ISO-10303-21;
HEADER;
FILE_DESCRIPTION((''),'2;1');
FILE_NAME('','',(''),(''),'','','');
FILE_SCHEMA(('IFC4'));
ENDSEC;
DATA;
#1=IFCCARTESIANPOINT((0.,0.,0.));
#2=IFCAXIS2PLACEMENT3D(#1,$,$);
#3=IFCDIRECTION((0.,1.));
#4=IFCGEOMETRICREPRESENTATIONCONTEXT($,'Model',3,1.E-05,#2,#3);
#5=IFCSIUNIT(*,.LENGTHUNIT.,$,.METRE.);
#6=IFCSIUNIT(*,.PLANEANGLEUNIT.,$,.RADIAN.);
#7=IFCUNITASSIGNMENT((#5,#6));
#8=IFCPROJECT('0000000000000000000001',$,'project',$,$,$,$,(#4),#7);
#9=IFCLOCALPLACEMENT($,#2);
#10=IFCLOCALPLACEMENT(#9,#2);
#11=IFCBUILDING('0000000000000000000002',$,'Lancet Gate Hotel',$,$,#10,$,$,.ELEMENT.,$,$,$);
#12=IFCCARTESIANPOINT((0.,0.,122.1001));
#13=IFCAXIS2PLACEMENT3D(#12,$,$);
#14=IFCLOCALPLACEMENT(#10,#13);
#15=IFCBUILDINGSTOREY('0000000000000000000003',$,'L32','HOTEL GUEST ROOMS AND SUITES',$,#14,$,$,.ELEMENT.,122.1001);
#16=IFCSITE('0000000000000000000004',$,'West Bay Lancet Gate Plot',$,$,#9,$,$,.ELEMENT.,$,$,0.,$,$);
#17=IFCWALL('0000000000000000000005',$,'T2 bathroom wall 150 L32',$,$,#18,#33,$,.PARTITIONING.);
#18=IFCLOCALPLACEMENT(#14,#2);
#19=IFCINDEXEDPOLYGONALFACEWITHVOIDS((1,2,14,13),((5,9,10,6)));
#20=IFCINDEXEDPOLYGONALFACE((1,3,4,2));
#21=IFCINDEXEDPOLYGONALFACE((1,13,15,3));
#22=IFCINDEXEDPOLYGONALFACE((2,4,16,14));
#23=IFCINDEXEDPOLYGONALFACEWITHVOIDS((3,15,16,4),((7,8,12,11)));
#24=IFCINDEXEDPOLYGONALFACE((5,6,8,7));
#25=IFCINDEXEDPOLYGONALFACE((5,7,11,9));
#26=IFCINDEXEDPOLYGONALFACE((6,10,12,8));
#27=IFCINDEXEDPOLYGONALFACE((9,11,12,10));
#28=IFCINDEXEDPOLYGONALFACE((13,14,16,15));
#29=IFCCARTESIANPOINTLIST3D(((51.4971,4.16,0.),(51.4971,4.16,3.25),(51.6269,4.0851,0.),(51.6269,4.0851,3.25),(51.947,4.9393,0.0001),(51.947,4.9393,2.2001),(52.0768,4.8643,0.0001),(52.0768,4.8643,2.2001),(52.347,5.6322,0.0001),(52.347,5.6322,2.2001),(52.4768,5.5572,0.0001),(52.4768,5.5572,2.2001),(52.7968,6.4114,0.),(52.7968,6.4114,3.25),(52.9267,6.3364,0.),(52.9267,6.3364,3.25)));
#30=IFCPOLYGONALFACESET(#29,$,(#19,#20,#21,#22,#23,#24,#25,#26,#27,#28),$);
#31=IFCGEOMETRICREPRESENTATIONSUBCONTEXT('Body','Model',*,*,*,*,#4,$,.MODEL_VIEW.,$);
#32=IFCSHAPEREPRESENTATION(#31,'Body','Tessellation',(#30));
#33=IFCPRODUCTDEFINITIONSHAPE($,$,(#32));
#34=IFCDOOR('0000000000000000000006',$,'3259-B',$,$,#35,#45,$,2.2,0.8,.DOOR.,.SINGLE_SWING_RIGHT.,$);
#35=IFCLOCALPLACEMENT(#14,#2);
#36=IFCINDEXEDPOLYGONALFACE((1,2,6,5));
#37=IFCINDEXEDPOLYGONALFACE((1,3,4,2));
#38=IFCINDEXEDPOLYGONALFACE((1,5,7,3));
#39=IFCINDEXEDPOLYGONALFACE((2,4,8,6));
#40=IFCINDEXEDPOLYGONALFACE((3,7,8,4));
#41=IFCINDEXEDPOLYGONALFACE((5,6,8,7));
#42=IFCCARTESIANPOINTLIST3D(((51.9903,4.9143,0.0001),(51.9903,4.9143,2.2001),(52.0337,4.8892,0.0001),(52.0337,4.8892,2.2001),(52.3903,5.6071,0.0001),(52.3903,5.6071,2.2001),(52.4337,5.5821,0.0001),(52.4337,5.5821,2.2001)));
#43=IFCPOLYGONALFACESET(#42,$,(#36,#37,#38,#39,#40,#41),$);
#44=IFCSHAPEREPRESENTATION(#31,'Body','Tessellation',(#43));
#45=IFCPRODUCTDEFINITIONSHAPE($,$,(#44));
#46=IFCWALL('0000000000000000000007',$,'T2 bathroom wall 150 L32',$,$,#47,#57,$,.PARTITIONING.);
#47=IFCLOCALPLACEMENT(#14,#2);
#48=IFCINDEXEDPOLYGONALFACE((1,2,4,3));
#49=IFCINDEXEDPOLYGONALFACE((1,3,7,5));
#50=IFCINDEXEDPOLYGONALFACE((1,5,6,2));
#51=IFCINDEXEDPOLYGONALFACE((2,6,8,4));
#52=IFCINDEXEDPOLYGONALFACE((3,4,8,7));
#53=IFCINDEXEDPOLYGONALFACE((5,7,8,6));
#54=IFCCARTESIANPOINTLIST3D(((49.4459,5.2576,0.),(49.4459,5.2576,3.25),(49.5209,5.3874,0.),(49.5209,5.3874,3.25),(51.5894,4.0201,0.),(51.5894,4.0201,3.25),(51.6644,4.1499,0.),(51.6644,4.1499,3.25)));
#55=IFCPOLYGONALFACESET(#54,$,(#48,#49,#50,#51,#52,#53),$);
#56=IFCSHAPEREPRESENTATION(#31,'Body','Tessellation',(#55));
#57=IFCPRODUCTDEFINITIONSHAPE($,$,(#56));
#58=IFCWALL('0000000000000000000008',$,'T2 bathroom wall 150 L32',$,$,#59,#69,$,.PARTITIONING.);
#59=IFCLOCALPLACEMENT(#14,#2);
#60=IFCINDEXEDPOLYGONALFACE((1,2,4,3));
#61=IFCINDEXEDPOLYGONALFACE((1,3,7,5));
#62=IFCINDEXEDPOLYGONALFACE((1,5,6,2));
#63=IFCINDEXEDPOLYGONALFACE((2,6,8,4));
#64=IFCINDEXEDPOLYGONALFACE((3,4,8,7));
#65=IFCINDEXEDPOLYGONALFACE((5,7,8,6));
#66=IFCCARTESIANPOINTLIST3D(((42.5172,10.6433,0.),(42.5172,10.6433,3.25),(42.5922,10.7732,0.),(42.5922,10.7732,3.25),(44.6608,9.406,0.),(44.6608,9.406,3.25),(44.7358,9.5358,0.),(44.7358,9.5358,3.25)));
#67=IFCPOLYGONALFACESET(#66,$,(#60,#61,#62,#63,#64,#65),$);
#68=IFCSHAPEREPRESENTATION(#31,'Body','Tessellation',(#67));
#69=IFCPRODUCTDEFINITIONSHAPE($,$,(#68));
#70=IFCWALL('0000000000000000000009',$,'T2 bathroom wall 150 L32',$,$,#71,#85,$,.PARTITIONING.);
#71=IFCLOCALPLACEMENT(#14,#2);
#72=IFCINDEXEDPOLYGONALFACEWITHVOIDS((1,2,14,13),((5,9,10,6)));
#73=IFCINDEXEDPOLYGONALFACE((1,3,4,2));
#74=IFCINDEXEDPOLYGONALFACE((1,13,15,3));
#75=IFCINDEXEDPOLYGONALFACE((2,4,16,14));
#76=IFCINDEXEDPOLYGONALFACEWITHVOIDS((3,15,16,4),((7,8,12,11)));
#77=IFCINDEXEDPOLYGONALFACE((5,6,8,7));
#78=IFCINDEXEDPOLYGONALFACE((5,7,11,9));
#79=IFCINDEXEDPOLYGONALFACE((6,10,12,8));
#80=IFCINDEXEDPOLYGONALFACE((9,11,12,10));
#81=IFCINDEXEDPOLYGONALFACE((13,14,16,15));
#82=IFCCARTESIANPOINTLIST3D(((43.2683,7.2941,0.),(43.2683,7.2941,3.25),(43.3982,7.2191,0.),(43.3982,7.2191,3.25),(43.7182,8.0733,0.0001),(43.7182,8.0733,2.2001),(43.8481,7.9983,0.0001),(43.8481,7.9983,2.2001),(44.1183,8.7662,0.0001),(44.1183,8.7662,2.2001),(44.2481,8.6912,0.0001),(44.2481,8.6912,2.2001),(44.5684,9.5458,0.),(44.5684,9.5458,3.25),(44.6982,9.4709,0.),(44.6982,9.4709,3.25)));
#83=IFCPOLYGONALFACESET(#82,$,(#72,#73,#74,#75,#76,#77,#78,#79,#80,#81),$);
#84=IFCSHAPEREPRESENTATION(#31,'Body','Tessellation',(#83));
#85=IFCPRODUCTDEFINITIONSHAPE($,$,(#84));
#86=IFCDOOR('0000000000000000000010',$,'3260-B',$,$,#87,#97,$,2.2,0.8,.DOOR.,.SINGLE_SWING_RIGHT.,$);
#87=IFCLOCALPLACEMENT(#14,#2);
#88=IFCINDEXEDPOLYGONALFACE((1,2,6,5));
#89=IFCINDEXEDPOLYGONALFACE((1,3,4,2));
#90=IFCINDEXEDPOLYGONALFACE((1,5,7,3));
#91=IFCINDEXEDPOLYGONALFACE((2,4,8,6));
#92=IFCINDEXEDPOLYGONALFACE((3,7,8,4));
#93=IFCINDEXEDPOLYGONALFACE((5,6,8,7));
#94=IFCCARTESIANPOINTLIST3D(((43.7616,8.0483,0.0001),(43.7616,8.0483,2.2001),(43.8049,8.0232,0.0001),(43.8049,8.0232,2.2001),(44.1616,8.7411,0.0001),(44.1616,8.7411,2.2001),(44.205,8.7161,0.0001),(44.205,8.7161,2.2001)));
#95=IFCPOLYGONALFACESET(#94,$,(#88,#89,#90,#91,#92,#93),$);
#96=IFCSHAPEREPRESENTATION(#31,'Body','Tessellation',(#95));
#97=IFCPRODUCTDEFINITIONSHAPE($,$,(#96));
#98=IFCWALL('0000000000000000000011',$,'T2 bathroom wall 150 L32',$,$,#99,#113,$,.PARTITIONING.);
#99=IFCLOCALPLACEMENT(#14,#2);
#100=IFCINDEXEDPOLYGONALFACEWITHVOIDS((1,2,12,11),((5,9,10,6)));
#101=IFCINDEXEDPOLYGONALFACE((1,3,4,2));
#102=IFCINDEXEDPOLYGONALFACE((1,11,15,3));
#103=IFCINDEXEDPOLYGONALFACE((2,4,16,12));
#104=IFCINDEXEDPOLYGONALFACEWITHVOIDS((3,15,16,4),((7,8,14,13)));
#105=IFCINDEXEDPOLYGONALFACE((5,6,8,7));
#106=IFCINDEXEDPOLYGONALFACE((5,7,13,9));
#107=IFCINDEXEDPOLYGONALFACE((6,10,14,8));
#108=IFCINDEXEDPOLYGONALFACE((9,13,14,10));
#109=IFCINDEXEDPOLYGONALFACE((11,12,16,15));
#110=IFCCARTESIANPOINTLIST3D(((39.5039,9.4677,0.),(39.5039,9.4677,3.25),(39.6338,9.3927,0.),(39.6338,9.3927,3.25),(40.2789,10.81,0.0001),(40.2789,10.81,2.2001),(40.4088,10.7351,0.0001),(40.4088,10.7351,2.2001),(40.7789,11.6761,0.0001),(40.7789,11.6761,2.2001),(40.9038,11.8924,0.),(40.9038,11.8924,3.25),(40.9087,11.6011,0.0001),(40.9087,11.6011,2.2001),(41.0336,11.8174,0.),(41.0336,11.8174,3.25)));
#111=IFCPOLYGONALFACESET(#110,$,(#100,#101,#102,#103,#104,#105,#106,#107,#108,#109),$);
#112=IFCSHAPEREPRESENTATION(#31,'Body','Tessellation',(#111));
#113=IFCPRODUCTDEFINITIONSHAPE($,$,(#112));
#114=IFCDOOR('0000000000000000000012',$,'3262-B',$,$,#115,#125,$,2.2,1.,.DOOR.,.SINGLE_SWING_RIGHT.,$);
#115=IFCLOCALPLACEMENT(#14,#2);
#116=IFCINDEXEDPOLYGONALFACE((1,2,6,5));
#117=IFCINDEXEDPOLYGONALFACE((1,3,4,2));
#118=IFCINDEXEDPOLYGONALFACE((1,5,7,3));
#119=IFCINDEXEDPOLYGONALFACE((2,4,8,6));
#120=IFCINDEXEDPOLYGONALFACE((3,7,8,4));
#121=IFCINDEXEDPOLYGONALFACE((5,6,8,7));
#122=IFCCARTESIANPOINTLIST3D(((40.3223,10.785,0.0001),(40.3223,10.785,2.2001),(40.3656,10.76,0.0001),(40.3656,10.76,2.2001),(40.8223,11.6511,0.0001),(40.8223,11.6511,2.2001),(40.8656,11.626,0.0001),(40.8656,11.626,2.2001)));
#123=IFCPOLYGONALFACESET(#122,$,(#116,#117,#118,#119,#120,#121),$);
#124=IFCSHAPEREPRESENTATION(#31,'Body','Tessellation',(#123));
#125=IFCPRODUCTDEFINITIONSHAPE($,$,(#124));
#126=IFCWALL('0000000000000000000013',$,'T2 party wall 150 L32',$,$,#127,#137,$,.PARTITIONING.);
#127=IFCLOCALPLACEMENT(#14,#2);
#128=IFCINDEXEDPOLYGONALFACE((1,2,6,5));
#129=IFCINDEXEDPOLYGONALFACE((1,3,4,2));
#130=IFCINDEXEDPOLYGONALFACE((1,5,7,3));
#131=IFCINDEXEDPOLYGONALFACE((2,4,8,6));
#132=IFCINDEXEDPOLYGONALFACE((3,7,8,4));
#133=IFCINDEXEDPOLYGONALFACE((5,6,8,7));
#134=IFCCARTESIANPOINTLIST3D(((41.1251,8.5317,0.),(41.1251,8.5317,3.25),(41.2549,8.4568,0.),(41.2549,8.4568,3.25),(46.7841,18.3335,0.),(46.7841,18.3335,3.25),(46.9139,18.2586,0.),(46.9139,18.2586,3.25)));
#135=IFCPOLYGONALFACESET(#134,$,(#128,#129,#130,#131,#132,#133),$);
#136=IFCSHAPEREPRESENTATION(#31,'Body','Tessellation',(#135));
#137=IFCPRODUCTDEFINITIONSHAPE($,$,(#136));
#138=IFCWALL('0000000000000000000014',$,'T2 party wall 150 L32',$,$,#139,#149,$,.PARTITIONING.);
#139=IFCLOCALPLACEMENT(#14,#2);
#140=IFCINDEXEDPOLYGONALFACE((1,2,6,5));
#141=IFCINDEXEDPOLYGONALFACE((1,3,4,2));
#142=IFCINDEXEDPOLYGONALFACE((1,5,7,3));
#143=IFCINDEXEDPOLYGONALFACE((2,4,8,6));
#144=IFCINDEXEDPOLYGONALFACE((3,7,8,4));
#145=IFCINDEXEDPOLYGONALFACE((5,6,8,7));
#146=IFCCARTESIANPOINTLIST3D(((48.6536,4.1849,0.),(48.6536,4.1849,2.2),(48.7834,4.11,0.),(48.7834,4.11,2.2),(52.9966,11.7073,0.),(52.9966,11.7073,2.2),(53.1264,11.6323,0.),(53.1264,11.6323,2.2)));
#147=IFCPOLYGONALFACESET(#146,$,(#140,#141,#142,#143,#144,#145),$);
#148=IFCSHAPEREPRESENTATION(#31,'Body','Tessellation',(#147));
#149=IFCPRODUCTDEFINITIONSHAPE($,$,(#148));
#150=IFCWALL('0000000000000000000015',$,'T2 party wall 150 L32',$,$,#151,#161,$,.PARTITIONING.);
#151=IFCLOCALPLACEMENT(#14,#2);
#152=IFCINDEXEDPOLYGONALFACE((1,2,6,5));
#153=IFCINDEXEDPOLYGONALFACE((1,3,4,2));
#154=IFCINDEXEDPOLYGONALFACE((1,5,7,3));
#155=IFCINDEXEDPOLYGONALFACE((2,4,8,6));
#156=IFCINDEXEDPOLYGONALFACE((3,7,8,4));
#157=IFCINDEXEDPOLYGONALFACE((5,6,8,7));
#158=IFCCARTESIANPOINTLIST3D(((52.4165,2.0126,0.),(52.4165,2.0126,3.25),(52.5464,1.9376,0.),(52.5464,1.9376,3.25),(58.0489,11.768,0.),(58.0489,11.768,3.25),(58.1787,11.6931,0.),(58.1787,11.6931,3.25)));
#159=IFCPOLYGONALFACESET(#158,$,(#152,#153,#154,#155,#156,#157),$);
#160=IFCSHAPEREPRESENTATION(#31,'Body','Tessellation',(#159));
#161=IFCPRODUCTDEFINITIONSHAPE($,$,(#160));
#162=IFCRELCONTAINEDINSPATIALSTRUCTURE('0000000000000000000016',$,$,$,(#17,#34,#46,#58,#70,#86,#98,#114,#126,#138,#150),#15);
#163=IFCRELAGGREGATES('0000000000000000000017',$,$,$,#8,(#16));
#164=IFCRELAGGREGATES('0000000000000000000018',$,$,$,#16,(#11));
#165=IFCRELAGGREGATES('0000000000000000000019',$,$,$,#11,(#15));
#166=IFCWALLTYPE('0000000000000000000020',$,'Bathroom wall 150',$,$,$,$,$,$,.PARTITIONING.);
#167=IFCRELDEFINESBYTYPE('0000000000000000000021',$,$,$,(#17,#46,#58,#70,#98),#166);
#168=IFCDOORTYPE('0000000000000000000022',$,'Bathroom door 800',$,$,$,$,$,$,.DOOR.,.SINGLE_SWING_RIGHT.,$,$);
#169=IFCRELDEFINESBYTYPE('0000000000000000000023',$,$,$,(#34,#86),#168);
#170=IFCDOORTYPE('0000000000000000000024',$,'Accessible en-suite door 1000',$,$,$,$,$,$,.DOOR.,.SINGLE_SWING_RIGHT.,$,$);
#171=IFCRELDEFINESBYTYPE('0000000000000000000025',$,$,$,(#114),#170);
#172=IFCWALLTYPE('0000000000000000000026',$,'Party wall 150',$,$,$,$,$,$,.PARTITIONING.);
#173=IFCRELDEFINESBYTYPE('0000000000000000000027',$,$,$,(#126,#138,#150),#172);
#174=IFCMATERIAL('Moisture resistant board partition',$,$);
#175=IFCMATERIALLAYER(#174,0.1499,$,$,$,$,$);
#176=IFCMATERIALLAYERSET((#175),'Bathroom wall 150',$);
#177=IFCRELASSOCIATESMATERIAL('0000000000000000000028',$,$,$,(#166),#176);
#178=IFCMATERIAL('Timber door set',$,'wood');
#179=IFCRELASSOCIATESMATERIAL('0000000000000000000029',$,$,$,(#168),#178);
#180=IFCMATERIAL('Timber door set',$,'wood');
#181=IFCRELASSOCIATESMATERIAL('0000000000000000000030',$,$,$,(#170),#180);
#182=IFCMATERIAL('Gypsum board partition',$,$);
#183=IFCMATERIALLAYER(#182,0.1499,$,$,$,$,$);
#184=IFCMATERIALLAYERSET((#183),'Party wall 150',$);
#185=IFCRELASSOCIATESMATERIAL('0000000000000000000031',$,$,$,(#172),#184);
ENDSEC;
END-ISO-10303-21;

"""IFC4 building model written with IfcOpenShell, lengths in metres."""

from ifc_helpers import new_model, si_unit, direction, frame, frame_2d, origin, place, context, subcontext, project, spatial, rectangle, extrude, material, layer, layer_set, type_object, element, fill, save


model = new_model("IFC4")

# Units and contexts
model_context = context("Model", 3, precision=1e-05, world=origin(), true_north=direction((0.0, 1.0)))
body_context = subcontext(model_context, "Body", "Model", "MODEL_VIEW")
ifc_project = project(units=[si_unit("LENGTHUNIT", "METRE"), si_unit("PLANEANGLEUNIT", "RADIAN")], contexts=[model_context])

# Site, building, storey
site_placement = place(None, origin())
site = spatial("IfcSite", under=ifc_project, at=site_placement, Name="West Bay Lancet Gate Plot", CompositionType="ELEMENT", RefElevation=0.0)
building_placement = place(site_placement, origin())
building = spatial("IfcBuilding", under=site, at=building_placement, Name="Lancet Gate Hotel", CompositionType="ELEMENT")
storey_placement = place(building_placement, frame((0.0, 0.0, 122.1001)))
storey = spatial("IfcBuildingStorey", under=building, at=storey_placement, Name="L32", Description="HOTEL GUEST ROOMS AND SUITES", CompositionType="ELEMENT", Elevation=122.1001)

# Shared definitions
ifc_material_1 = material(Name="Moisture resistant board partition")
ifc_layer_1 = layer(ifc_material_1, 0.1499)
ifc_layer_set_1 = layer_set([ifc_layer_1], Name="Bathroom wall 150")
wall_type_1 = type_object("IfcWallType", Name="Bathroom wall 150", PredefinedType="PARTITIONING", material=ifc_layer_set_1)

# Wall, opening, door
wall_1_placement = place(storey_placement, frame((51.562, 4.1226, 0.0), z_axis=(0.0, 0.0, 1.0), x_axis=(0.499977, 0.866039, 0.0)))
wall_1 = element("IfcWall", 1, at=wall_1_placement, inside=storey, type_object=wall_type_1, Name="T2 bathroom wall 150 L32", PredefinedType="PARTITIONING", context=body_context, shape_type="SweptSolid", body=[
    extrude(rectangle(XDim=2.5996, YDim=0.1499, at=frame_2d((1.2998, 0.0))), origin(), (0.0, 0.0, 1.0), 3.25),
])
opening_1_placement = place(wall_1_placement, frame((0.8999, 0.0, 0.0)))
opening_1 = element("IfcOpeningElement", 2, at=opening_1_placement, cuts=wall_1, PredefinedType="OPENING", context=body_context, shape_type="SweptSolid", body=[
    extrude(rectangle(XDim=0.8, YDim=2.2, at=frame_2d((0.3999, 1.1001))), frame((0.0, 0.085, 0.0), z_axis=(0.0, -1.0, 0.0), x_axis=(1.0, 0.0, 0.0)), (0.0, 0.0, 1.0), 0.1699),
])
ifc_material_2 = material(Name="Timber door set", Category="wood")
door_type_1 = type_object("IfcDoorType", Name="Bathroom door 800", OperationType="SINGLE_SWING_RIGHT", PredefinedType="DOOR", material=ifc_material_2)
door_1_placement = place(opening_1_placement, origin())
door_1 = element("IfcDoor", 3, at=door_1_placement, inside=storey, type_object=door_type_1, Name="3259-B", OperationType="SINGLE_SWING_RIGHT", OverallHeight=2.2, OverallWidth=0.8, PredefinedType="DOOR", context=body_context, shape_type="SweptSolid", body=[
    extrude(rectangle(XDim=0.8, YDim=2.2, at=frame_2d((0.3999, 1.1001))), frame((0.0, 0.0249, 0.0), z_axis=(0.0, -1.0, 0.0), x_axis=(1.0, 0.0, 0.0)), (0.0, 0.0, 1.0), 0.05),
])
fill(opening_1, door_1)

# Walls
for number, where, z_axis, x_axis, name in (
    (4, (49.4834, 5.3225, 0.0), (0.0, 0.0, 1.0), (0.866031, -0.49999, 0.0), "T2 bathroom wall 150 L32"),
    (5, (42.5547, 10.7083, 0.0), (0.0, 0.0, 1.0), (0.866074, -0.499916, 0.0), "T2 bathroom wall 150 L32"),
):
    element("IfcWall", number, at=place(storey_placement, frame(where, z_axis=z_axis, x_axis=x_axis)), inside=storey, type_object=wall_type_1, Name=name, PredefinedType="PARTITIONING", context=body_context, shape_type="SweptSolid", body=[
        extrude(rectangle(XDim=2.4751, YDim=0.1499, at=frame_2d((1.2375, 0.0))), origin(), (0.0, 0.0, 1.0), 3.25),
    ])

# Walls, openings, doors
wall_2_placement = place(storey_placement, frame((43.3333, 7.2566, 0.0), z_axis=(0.0, 0.0, 1.0), x_axis=(0.500007, 0.866021, 0.0)))
wall_2 = element("IfcWall", 6, at=wall_2_placement, inside=storey, type_object=wall_type_1, Name="T2 bathroom wall 150 L32", PredefinedType="PARTITIONING", context=body_context, shape_type="SweptSolid", body=[
    extrude(rectangle(XDim=2.6001, YDim=0.1499, at=frame_2d((1.3, 0.0))), origin(), (0.0, 0.0, 1.0), 3.25),
])
opening_2_placement = place(wall_2_placement, frame((0.8999, 0.0, 0.0)))
opening_2 = element("IfcOpeningElement", 7, at=opening_2_placement, cuts=wall_2, PredefinedType="OPENING", context=body_context, shape_type="SweptSolid", body=[
    extrude(rectangle(XDim=0.8, YDim=2.2, at=frame_2d((0.3999, 1.1001))), frame((0.0, 0.085, 0.0), z_axis=(0.0, -1.0, 0.0), x_axis=(1.0, 0.0, 0.0)), (0.0, 0.0, 1.0), 0.1699),
])
door_2_placement = place(opening_2_placement, origin())
door_2 = element("IfcDoor", 8, at=door_2_placement, inside=storey, type_object=door_type_1, Name="3260-B", OperationType="SINGLE_SWING_RIGHT", OverallHeight=2.2, OverallWidth=0.8, PredefinedType="DOOR", context=body_context, shape_type="SweptSolid", body=[
    extrude(rectangle(XDim=0.8, YDim=2.2, at=frame_2d((0.3999, 1.1001))), frame((0.0, 0.0249, 0.0), z_axis=(0.0, -1.0, 0.0), x_axis=(1.0, 0.0, 0.0)), (0.0, 0.0, 1.0), 0.05),
])
fill(opening_2, door_2)
wall_3_placement = place(storey_placement, frame((39.5688, 9.4302, 0.0), z_axis=(0.0, 0.0, 1.0), x_axis=(0.499984, 0.866035, 0.0)))
wall_3 = element("IfcWall", 9, at=wall_3_placement, inside=storey, type_object=wall_type_1, Name="T2 bathroom wall 150 L32", PredefinedType="PARTITIONING", context=body_context, shape_type="SweptSolid", body=[
    extrude(rectangle(XDim=2.7998, YDim=0.1499, at=frame_2d((1.3999, 0.0))), origin(), (0.0, 0.0, 1.0), 3.25),
])
opening_3_placement = place(wall_3_placement, frame((1.55, 0.0, 0.0)))
opening_3 = element("IfcOpeningElement", 10, at=opening_3_placement, cuts=wall_3, PredefinedType="OPENING", context=body_context, shape_type="SweptSolid", body=[
    extrude(rectangle(XDim=1.0, YDim=2.2, at=frame_2d((0.5, 1.1001))), frame((0.0, 0.085, 0.0), z_axis=(0.0, -1.0, 0.0), x_axis=(1.0, 0.0, 0.0)), (0.0, 0.0, 1.0), 0.1699),
])
ifc_material_3 = material(Name="Timber door set", Category="wood")
door_type_2 = type_object("IfcDoorType", Name="Accessible en-suite door 1000", OperationType="SINGLE_SWING_RIGHT", PredefinedType="DOOR", material=ifc_material_3)
door_3_placement = place(opening_3_placement, origin())
door_3 = element("IfcDoor", 11, at=door_3_placement, inside=storey, type_object=door_type_2, Name="3262-B", OperationType="SINGLE_SWING_RIGHT", OverallHeight=2.2, OverallWidth=1.0, PredefinedType="DOOR", context=body_context, shape_type="SweptSolid", body=[
    extrude(rectangle(XDim=1.0, YDim=2.2, at=frame_2d((0.5, 1.1001))), frame((0.0, 0.0249, 0.0), z_axis=(0.0, -1.0, 0.0), x_axis=(1.0, 0.0, 0.0)), (0.0, 0.0, 1.0), 0.05),
])
fill(opening_3, door_3)

# Walls
ifc_material_4 = material(Name="Gypsum board partition")
ifc_layer_2 = layer(ifc_material_4, 0.1499)
ifc_layer_set_2 = layer_set([ifc_layer_2], Name="Party wall 150")
wall_type_2 = type_object("IfcWallType", Name="Party wall 150", PredefinedType="PARTITIONING", material=ifc_layer_set_2)
wall_4_placement = place(storey_placement, frame((41.1899, 8.4941, 0.0), z_axis=(0.0, 0.0, 1.0), x_axis=(0.499993, 0.86603, 0.0)))
element("IfcWall", 12, at=wall_4_placement, inside=storey, type_object=wall_type_2, Name="T2 party wall 150 L32", PredefinedType="PARTITIONING", context=body_context, shape_type="SweptSolid", body=[
    extrude(rectangle(XDim=11.3181, YDim=0.1499, at=frame_2d((5.6592, 0.0))), origin(), (0.0, 0.0, 1.0), 3.25),
])
wall_5_placement = place(storey_placement, frame((48.7185, 4.1475, 0.0), z_axis=(0.0, 0.0, 1.0), x_axis=(0.499993, 0.866029, 0.0)))
element("IfcWall", 13, at=wall_5_placement, inside=storey, type_object=wall_type_2, Name="T2 party wall 150 L32", PredefinedType="PARTITIONING", context=body_context, shape_type="SweptSolid", body=[
    extrude(rectangle(XDim=8.686, YDim=0.1499, at=frame_2d((4.343, 0.0))), origin(), (0.0, 0.0, 1.0), 2.2),
])
wall_6_placement = place(storey_placement, frame((52.4814, 1.9751, 0.0), z_axis=(0.0, 0.0, 1.0), x_axis=(0.500004, 0.866023, 0.0)))
element("IfcWall", 14, at=wall_6_placement, inside=storey, type_object=wall_type_2, Name="T2 party wall 150 L32", PredefinedType="PARTITIONING", context=body_context, shape_type="SweptSolid", body=[
    extrude(rectangle(XDim=11.2646, YDim=0.1499, at=frame_2d((5.6323, 0.0))), origin(), (0.0, 0.0, 1.0), 3.25),
])

save(model, "model.ifc")
